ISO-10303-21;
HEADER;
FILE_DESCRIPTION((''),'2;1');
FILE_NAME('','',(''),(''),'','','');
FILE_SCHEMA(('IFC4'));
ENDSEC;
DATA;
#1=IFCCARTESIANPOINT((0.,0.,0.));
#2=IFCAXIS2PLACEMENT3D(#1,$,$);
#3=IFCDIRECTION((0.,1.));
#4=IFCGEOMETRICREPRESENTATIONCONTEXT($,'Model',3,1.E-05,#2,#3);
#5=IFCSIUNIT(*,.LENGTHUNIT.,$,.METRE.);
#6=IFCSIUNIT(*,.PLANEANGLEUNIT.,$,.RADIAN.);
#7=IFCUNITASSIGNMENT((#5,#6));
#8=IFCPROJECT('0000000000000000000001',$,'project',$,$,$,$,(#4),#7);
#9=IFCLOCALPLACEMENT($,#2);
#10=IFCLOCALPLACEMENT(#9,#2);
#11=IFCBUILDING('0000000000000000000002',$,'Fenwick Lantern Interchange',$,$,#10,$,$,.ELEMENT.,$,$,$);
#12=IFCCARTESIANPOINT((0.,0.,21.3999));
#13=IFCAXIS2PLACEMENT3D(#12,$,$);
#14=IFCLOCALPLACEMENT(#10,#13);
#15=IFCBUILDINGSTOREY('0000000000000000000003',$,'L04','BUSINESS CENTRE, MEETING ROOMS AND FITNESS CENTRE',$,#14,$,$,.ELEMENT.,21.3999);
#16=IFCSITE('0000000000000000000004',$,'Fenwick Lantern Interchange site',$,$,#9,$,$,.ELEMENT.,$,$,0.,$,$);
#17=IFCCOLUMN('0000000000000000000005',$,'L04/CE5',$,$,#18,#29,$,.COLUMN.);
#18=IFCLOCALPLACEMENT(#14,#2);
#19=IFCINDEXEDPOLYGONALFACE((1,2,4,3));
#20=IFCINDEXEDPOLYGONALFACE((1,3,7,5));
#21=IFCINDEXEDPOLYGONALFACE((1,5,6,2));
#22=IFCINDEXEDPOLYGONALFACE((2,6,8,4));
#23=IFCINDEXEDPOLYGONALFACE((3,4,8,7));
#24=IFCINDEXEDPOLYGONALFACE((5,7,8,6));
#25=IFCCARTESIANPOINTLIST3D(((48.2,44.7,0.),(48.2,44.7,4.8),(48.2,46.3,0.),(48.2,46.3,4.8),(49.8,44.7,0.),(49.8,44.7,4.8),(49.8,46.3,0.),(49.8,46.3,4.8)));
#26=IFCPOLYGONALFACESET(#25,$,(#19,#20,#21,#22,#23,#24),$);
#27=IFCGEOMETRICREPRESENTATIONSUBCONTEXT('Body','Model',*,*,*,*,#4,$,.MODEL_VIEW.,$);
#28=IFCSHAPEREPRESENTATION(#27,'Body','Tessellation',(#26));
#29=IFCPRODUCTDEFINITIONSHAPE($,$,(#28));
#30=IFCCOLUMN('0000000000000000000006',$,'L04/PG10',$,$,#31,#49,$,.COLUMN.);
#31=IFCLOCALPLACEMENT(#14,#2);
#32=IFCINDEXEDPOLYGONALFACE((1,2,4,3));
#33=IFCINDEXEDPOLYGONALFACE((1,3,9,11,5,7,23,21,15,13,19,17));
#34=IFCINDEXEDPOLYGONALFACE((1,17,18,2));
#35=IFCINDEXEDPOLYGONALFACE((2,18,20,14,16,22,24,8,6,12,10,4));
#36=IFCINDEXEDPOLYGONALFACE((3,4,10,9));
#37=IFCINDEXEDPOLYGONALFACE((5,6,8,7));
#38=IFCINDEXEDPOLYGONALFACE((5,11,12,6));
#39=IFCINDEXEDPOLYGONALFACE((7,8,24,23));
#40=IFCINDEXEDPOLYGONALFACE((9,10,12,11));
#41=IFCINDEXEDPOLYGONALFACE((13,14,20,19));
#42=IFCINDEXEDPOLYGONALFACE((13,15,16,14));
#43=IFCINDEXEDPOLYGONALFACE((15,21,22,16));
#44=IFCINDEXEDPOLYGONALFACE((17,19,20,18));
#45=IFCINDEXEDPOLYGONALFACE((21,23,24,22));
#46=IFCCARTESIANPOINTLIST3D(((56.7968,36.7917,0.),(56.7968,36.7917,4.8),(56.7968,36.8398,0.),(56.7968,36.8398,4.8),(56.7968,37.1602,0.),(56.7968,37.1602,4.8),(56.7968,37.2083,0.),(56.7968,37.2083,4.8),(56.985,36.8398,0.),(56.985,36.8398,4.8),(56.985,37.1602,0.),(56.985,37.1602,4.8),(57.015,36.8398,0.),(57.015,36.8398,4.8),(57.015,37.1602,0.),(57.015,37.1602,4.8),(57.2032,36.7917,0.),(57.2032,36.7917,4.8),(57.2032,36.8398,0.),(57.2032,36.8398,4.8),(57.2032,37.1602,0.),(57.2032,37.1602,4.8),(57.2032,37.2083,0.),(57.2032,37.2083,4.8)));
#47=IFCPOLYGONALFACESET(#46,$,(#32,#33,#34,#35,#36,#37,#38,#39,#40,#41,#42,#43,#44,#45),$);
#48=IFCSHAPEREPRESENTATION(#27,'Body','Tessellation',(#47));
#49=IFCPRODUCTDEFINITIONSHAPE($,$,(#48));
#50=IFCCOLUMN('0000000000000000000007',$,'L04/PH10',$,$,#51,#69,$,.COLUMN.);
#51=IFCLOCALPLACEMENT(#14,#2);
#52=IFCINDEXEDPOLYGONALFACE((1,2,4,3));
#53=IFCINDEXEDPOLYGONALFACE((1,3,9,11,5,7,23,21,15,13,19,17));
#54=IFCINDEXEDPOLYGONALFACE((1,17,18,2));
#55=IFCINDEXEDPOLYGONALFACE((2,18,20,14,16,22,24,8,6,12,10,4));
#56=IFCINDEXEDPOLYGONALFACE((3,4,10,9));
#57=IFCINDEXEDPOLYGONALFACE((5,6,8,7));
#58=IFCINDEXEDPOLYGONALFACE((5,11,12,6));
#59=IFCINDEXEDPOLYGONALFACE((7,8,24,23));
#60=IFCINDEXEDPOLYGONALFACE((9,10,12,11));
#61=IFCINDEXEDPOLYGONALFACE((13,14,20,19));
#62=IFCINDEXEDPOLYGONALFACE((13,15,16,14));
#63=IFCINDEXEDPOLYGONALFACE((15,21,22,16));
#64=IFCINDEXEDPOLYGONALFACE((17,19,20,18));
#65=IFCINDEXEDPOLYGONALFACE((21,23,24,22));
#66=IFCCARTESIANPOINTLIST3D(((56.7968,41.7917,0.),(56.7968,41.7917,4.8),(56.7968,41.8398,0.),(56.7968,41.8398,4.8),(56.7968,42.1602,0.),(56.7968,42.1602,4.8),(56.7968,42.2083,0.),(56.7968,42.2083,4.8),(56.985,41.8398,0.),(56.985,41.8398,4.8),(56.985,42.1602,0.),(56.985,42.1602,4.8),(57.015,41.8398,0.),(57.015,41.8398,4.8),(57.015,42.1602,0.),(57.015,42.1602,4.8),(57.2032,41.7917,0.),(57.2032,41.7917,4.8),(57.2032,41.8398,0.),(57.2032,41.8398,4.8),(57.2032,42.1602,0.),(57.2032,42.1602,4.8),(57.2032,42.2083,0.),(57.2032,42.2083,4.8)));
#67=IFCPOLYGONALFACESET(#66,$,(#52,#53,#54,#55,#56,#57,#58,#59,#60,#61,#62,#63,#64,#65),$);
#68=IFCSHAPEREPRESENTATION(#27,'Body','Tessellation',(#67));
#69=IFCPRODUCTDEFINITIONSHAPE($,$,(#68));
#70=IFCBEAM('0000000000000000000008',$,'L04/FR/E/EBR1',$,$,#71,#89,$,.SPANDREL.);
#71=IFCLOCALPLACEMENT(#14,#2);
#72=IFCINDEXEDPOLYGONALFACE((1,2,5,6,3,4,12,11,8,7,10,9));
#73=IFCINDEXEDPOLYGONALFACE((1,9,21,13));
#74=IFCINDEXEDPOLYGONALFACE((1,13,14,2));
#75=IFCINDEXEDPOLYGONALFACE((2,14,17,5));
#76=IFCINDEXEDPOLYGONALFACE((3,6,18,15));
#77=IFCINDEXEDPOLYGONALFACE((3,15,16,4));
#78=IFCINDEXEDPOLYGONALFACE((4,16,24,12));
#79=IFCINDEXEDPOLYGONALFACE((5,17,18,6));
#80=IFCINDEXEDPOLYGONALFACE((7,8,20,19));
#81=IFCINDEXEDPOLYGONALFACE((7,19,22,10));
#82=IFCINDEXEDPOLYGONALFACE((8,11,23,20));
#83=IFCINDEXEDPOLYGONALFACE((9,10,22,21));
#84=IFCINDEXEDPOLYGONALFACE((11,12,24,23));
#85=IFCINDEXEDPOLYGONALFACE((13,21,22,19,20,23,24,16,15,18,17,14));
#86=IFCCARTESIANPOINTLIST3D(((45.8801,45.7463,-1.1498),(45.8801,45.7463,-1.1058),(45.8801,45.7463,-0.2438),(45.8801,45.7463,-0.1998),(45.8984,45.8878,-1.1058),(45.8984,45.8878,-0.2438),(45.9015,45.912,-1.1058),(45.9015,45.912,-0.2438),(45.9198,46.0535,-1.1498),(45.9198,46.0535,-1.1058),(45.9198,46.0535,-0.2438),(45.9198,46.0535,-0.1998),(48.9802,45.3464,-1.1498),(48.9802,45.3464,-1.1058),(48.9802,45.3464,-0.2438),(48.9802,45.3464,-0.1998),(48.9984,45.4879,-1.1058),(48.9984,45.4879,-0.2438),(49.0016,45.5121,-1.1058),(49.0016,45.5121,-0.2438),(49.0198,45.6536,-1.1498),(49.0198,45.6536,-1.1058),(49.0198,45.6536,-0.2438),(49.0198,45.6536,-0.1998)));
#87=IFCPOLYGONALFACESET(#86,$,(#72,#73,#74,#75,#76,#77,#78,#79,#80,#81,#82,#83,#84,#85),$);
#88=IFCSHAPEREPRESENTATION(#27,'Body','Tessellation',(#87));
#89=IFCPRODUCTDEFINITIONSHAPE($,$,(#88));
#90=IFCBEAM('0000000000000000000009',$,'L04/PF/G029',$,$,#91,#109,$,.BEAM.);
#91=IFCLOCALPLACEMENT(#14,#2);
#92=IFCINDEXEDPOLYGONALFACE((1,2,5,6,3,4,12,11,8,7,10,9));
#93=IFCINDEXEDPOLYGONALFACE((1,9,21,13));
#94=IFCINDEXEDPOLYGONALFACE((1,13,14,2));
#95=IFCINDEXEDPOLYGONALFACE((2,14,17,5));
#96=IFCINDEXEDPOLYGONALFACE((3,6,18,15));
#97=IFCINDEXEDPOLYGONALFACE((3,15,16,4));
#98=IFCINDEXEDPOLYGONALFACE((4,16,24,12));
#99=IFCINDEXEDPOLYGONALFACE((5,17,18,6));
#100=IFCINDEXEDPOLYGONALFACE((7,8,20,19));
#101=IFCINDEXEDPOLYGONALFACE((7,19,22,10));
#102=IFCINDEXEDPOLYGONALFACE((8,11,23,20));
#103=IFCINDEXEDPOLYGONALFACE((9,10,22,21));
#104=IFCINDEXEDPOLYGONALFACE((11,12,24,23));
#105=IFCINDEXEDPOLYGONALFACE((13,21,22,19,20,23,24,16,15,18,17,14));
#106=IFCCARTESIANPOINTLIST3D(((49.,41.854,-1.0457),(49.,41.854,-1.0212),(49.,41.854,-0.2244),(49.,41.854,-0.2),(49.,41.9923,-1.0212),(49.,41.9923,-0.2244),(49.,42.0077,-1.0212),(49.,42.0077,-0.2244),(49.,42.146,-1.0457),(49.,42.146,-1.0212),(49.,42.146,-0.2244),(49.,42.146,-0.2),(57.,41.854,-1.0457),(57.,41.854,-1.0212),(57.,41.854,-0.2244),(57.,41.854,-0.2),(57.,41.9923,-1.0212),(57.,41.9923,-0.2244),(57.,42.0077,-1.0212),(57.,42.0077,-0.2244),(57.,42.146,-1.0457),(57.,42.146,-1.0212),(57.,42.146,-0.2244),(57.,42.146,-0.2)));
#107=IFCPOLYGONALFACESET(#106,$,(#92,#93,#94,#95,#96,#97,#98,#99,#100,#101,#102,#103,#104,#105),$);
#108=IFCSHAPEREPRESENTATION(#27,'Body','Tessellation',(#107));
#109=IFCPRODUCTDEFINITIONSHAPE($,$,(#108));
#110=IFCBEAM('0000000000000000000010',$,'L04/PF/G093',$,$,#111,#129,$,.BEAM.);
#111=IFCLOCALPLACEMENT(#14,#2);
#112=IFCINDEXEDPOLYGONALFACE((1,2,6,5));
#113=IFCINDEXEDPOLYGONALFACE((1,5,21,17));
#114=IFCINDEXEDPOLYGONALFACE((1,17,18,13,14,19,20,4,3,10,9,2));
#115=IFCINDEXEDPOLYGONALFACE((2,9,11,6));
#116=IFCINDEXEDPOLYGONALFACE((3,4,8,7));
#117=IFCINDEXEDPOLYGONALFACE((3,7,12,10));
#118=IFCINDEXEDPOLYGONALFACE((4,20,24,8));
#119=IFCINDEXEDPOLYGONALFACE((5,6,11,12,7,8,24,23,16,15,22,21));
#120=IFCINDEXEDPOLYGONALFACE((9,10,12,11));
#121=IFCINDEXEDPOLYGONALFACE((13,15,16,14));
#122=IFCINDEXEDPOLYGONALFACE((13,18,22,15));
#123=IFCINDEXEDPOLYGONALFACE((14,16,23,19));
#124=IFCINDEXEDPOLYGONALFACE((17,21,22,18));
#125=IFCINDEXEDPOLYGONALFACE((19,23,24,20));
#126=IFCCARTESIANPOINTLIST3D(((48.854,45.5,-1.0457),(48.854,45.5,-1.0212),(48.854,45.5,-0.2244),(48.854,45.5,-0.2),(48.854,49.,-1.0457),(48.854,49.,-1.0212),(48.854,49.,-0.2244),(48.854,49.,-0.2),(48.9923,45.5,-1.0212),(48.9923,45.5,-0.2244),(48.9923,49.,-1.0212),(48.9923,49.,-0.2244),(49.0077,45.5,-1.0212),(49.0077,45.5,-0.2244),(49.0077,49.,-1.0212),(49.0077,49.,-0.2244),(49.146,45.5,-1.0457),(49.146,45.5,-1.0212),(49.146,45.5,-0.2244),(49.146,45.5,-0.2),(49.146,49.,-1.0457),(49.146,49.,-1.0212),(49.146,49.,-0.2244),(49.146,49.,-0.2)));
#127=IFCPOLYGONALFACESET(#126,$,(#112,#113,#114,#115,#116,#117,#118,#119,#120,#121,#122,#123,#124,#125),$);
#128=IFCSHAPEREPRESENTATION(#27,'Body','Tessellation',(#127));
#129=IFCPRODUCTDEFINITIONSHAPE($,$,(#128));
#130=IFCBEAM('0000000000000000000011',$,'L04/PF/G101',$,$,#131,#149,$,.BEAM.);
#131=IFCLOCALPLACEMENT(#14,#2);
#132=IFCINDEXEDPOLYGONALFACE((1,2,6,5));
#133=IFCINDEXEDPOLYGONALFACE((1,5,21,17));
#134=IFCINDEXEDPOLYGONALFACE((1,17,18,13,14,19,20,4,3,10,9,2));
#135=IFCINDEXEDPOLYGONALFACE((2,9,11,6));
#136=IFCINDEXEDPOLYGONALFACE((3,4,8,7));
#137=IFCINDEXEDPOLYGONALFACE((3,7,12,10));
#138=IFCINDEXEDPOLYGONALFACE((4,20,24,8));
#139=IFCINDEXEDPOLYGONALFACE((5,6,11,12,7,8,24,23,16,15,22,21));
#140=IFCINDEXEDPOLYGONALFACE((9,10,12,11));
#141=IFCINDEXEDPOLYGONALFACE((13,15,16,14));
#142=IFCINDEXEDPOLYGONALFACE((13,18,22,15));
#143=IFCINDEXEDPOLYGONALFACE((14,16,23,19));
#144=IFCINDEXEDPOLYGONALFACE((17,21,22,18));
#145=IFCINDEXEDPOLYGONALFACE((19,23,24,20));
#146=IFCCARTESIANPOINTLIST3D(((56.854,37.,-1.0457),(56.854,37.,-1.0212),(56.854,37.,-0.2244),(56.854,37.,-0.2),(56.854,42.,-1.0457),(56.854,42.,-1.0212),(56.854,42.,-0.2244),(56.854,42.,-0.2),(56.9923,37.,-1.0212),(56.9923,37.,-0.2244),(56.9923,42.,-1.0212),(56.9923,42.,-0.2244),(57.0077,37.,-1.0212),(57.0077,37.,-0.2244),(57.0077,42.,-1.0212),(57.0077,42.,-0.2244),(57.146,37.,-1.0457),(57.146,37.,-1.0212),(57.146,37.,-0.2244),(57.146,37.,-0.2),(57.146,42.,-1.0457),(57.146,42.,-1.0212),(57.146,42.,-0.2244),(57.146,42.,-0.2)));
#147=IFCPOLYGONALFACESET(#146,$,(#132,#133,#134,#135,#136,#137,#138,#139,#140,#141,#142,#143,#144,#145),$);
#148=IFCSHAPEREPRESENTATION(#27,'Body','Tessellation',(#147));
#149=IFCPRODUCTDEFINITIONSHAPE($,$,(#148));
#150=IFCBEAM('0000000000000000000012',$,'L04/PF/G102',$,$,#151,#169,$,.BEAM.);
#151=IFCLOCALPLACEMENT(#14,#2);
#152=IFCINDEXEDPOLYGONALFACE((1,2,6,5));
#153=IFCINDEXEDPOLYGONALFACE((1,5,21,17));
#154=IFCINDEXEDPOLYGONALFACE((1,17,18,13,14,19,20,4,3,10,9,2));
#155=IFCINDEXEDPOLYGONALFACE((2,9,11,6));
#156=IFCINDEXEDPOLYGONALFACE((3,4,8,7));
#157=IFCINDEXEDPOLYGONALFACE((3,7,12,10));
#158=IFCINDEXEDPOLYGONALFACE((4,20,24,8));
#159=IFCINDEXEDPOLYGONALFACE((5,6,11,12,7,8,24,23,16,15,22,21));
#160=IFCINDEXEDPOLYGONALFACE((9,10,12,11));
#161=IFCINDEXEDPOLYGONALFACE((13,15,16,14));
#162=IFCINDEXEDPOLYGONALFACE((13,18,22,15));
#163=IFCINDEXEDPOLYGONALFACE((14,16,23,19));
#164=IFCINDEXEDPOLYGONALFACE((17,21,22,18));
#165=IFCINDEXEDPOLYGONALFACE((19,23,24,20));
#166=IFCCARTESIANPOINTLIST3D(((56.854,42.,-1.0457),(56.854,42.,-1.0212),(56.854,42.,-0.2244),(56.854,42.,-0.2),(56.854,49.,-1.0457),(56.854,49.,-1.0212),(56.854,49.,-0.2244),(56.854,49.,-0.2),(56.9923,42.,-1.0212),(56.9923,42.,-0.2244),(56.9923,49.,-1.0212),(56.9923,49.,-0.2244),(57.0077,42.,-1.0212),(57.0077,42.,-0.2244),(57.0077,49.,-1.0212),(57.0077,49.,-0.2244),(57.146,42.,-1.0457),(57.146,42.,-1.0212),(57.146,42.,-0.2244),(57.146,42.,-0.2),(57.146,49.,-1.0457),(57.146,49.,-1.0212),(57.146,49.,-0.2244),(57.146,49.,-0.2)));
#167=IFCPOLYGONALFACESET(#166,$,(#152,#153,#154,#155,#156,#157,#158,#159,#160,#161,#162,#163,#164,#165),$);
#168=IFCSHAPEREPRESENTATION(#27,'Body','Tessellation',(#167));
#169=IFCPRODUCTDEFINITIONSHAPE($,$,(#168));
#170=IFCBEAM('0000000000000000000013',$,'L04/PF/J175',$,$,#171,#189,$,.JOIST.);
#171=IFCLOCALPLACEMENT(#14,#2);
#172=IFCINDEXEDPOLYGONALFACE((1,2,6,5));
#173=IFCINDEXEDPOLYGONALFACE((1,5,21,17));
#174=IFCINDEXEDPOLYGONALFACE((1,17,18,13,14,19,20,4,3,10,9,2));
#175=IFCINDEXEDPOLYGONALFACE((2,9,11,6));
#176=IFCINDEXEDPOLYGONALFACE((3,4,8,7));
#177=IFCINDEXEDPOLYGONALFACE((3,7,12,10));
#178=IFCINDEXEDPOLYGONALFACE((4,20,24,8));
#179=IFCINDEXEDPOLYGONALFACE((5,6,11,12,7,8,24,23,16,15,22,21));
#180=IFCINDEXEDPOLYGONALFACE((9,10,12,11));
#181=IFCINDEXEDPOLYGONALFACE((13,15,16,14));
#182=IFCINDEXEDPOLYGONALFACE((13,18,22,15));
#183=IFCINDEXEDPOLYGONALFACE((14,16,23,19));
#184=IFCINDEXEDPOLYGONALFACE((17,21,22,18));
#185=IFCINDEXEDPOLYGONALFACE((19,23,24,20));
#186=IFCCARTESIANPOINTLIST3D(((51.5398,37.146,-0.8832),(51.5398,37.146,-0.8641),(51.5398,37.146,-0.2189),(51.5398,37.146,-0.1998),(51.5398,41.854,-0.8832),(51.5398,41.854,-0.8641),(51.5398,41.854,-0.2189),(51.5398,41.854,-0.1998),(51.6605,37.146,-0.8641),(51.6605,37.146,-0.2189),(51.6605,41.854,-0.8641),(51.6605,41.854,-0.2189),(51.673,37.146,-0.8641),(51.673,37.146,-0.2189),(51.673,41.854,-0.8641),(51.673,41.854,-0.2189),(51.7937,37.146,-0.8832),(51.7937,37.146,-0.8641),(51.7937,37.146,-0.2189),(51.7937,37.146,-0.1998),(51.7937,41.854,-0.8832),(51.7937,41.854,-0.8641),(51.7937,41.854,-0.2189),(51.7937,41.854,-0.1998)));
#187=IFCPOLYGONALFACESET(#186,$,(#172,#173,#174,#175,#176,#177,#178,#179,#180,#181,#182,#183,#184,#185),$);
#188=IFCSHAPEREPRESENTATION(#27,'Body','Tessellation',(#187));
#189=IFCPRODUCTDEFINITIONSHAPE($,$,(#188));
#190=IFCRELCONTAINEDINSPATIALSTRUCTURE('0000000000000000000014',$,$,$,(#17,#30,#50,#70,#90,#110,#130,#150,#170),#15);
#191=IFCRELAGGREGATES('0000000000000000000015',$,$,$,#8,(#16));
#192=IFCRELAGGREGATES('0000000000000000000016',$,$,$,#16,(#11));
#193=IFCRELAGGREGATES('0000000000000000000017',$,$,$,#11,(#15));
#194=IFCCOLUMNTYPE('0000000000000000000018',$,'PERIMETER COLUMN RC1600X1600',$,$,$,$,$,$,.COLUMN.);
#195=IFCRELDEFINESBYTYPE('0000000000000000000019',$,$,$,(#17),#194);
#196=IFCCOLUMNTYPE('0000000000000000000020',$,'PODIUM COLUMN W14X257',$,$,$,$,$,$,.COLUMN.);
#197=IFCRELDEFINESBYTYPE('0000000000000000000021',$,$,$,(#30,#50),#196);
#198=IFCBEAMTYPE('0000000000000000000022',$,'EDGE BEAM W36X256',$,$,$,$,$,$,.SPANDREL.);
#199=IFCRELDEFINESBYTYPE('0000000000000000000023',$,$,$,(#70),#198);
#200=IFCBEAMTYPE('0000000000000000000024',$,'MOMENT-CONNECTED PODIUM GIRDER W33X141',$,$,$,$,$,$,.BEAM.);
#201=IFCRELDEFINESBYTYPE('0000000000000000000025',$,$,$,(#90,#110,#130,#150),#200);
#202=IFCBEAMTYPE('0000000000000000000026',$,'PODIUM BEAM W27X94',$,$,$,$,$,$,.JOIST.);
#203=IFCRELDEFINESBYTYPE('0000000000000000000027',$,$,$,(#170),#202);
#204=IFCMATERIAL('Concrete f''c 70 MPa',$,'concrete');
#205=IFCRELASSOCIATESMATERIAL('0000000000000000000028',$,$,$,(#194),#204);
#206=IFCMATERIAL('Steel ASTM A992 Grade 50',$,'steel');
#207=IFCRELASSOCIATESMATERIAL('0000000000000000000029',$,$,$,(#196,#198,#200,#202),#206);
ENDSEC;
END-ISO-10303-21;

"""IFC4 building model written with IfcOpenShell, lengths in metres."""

from ifc_helpers import new_model, si_unit, direction, frame, origin, origin_2d, place, context, subcontext, project, spatial, rectangle, i_section, extrude, material, material_profile, profile_set, type_object, element, save


model = new_model("IFC4")

# Units and contexts
model_context = context("Model", 3, precision=1e-05, world=origin(), true_north=direction((0.0, 1.0)))
body_context = subcontext(model_context, "Body", "Model", "MODEL_VIEW")
ifc_project = project(units=[si_unit("LENGTHUNIT", "METRE"), si_unit("PLANEANGLEUNIT", "RADIAN")], contexts=[model_context])

# Site, building, storey
site_placement = place(None, origin())
site = spatial("IfcSite", under=ifc_project, at=site_placement, Name="Fenwick Lantern Interchange site", CompositionType="ELEMENT", RefElevation=0.0)
building_placement = place(site_placement, origin())
building = spatial("IfcBuilding", under=site, at=building_placement, Name="Fenwick Lantern Interchange", CompositionType="ELEMENT")
storey_placement = place(building_placement, frame((0.0, 0.0, 21.3999)))
storey = spatial("IfcBuildingStorey", under=building, at=storey_placement, Name="L04", Description="BUSINESS CENTRE, MEETING ROOMS AND FITNESS CENTRE", CompositionType="ELEMENT", Elevation=21.3999)

# Columns
ifc_material_1 = material(Name="Concrete f'c 70 MPa", Category="concrete")
ifc_material_profile_1 = material_profile(ifc_material_1, rectangle(XDim=1.6001, YDim=1.6001, at=origin_2d()), Name="RC1600X1600")
ifc_profile_set_1 = profile_set([ifc_material_profile_1], Name="Concrete f'c 70 MPa")
column_type_1 = type_object("IfcColumnType", Name="PERIMETER COLUMN RC1600X1600", PredefinedType="COLUMN", material=ifc_profile_set_1)
column_placement = place(storey_placement, frame((49.0, 45.5, 0.0), z_axis=(0.0, 0.0, 1.0), x_axis=(1.0, 0.0, 0.0)))
element("IfcColumn", 1, at=column_placement, inside=storey, type_object=column_type_1, Name="L04/CE5", PredefinedType="COLUMN", context=body_context, shape_type="SweptSolid", body=[
    extrude(rectangle(XDim=1.6001, YDim=1.6001, at=origin_2d()), origin(), (0.0, 0.0, 1.0), 4.8),
])
ifc_material_2 = material(Name="Steel ASTM A992 Grade 50", Category="steel")
ifc_material_profile_2 = material_profile(ifc_material_2, i_section(OverallWidth=0.4065, OverallDepth=0.4165, WebThickness=0.03, FlangeThickness=0.0481, at=origin_2d()), Name="W14X257")
ifc_profile_set_2 = profile_set([ifc_material_profile_2], Name="Steel ASTM A992 Grade 50")
column_type_2 = type_object("IfcColumnType", Name="PODIUM COLUMN W14X257", PredefinedType="COLUMN", material=ifc_profile_set_2)
for number, where, z_axis, x_axis, name in (
    (2, (57.0, 37.0, 0.0), (0.0, 0.0, 1.0), (1.0, 0.0, 0.0), "L04/PG10"),
    (3, (57.0, 42.0, 0.0), (0.0, 0.0, 1.0), (1.0, 0.0, 0.0), "L04/PH10"),
):
    element("IfcColumn", number, at=place(storey_placement, frame(where, z_axis=z_axis, x_axis=x_axis)), inside=storey, type_object=column_type_2, Name=name, PredefinedType="COLUMN", context=body_context, shape_type="SweptSolid", body=[
        extrude(i_section(OverallWidth=0.4065, OverallDepth=0.4165, WebThickness=0.03, FlangeThickness=0.0481, at=origin_2d()), origin(), (0.0, 0.0, 1.0), 4.8),
    ])

# Beams
ifc_material_profile_3 = material_profile(ifc_material_2, i_section(OverallWidth=0.3098, OverallDepth=0.95, WebThickness=0.0244, FlangeThickness=0.0439, at=origin_2d()), Name="W36X256")
ifc_profile_set_3 = profile_set([ifc_material_profile_3], Name="Steel ASTM A992 Grade 50")
beam_type_1 = type_object("IfcBeamType", Name="EDGE BEAM W36X256", PredefinedType="SPANDREL", material=ifc_profile_set_3)
beam_1_placement = place(storey_placement, frame((49.0, 45.5, -0.6748), z_axis=(-0.991782, 0.127937, 0.0), x_axis=(-0.127937, -0.991782, 0.0)))
element("IfcBeam", 4, at=beam_1_placement, inside=storey, type_object=beam_type_1, Name="L04/FR/E/EBR1", PredefinedType="SPANDREL", context=body_context, shape_type="SweptSolid", body=[
    extrude(i_section(OverallWidth=0.3098, OverallDepth=0.95, WebThickness=0.0244, FlangeThickness=0.0439, at=origin_2d()), origin(), (0.0, 0.0, 1.0), 3.1257),
])
ifc_material_profile_4 = material_profile(ifc_material_2, i_section(OverallWidth=0.292, OverallDepth=0.8457, WebThickness=0.0154, FlangeThickness=0.0244, at=origin_2d()), Name="W33X141")
ifc_profile_set_4 = profile_set([ifc_material_profile_4], Name="Steel ASTM A992 Grade 50")
beam_type_2 = type_object("IfcBeamType", Name="MOMENT-CONNECTED PODIUM GIRDER W33X141", PredefinedType="BEAM", material=ifc_profile_set_4)
beam_2_placement = place(storey_placement, frame((49.0, 42.0, -0.6228), z_axis=(1.0, 0.0, 0.0), x_axis=(0.0, 1.0, 0.0)))
element("IfcBeam", 5, at=beam_2_placement, inside=storey, type_object=beam_type_2, Name="L04/PF/G029", PredefinedType="BEAM", context=body_context, shape_type="SweptSolid", body=[
    extrude(i_section(OverallWidth=0.292, OverallDepth=0.8457, WebThickness=0.0154, FlangeThickness=0.0244, at=origin_2d()), origin(), (0.0, 0.0, 1.0), 8.0),
])
beam_3_placement = place(storey_placement, frame((49.0, 45.5, -0.6228), z_axis=(0.0, 1.0, 0.0), x_axis=(-1.0, 0.0, 0.0)))
element("IfcBeam", 6, at=beam_3_placement, inside=storey, type_object=beam_type_2, Name="L04/PF/G093", PredefinedType="BEAM", context=body_context, shape_type="SweptSolid", body=[
    extrude(i_section(OverallWidth=0.292, OverallDepth=0.8457, WebThickness=0.0154, FlangeThickness=0.0244, at=origin_2d()), origin(), (0.0, 0.0, 1.0), 3.5),
])
beam_4_placement = place(storey_placement, frame((57.0, 37.0, -0.6228), z_axis=(0.0, 1.0, 0.0), x_axis=(-1.0, 0.0, 0.0)))
element("IfcBeam", 7, at=beam_4_placement, inside=storey, type_object=beam_type_2, Name="L04/PF/G101", PredefinedType="BEAM", context=body_context, shape_type="SweptSolid", body=[
    extrude(i_section(OverallWidth=0.292, OverallDepth=0.8457, WebThickness=0.0154, FlangeThickness=0.0244, at=origin_2d()), origin(), (0.0, 0.0, 1.0), 5.0),
])
beam_5_placement = place(storey_placement, frame((57.0, 42.0, -0.6228), z_axis=(0.0, 1.0, 0.0), x_axis=(-1.0, 0.0, 0.0)))
element("IfcBeam", 8, at=beam_5_placement, inside=storey, type_object=beam_type_2, Name="L04/PF/G102", PredefinedType="BEAM", context=body_context, shape_type="SweptSolid", body=[
    extrude(i_section(OverallWidth=0.292, OverallDepth=0.8457, WebThickness=0.0154, FlangeThickness=0.0244, at=origin_2d()), origin(), (0.0, 0.0, 1.0), 7.0),
])
ifc_material_profile_5 = material_profile(ifc_material_2, i_section(OverallWidth=0.2539, OverallDepth=0.6833, WebThickness=0.0125, FlangeThickness=0.019, at=origin_2d()), Name="W27X94")
ifc_profile_set_5 = profile_set([ifc_material_profile_5], Name="Steel ASTM A992 Grade 50")
beam_type_3 = type_object("IfcBeamType", Name="PODIUM BEAM W27X94", PredefinedType="JOIST", material=ifc_profile_set_5)
beam_6_placement = place(storey_placement, frame((51.6667, 37.146, -0.5415), z_axis=(0.0, 1.0, 0.0), x_axis=(-1.0, 0.0, 0.0)))
element("IfcBeam", 9, at=beam_6_placement, inside=storey, type_object=beam_type_3, Name="L04/PF/J175", PredefinedType="JOIST", context=body_context, shape_type="SweptSolid", body=[
    extrude(i_section(OverallWidth=0.2539, OverallDepth=0.6833, WebThickness=0.0125, FlangeThickness=0.019, at=origin_2d()), origin(), (0.0, 0.0, 1.0), 4.708),
])

save(model, "model.ifc")
